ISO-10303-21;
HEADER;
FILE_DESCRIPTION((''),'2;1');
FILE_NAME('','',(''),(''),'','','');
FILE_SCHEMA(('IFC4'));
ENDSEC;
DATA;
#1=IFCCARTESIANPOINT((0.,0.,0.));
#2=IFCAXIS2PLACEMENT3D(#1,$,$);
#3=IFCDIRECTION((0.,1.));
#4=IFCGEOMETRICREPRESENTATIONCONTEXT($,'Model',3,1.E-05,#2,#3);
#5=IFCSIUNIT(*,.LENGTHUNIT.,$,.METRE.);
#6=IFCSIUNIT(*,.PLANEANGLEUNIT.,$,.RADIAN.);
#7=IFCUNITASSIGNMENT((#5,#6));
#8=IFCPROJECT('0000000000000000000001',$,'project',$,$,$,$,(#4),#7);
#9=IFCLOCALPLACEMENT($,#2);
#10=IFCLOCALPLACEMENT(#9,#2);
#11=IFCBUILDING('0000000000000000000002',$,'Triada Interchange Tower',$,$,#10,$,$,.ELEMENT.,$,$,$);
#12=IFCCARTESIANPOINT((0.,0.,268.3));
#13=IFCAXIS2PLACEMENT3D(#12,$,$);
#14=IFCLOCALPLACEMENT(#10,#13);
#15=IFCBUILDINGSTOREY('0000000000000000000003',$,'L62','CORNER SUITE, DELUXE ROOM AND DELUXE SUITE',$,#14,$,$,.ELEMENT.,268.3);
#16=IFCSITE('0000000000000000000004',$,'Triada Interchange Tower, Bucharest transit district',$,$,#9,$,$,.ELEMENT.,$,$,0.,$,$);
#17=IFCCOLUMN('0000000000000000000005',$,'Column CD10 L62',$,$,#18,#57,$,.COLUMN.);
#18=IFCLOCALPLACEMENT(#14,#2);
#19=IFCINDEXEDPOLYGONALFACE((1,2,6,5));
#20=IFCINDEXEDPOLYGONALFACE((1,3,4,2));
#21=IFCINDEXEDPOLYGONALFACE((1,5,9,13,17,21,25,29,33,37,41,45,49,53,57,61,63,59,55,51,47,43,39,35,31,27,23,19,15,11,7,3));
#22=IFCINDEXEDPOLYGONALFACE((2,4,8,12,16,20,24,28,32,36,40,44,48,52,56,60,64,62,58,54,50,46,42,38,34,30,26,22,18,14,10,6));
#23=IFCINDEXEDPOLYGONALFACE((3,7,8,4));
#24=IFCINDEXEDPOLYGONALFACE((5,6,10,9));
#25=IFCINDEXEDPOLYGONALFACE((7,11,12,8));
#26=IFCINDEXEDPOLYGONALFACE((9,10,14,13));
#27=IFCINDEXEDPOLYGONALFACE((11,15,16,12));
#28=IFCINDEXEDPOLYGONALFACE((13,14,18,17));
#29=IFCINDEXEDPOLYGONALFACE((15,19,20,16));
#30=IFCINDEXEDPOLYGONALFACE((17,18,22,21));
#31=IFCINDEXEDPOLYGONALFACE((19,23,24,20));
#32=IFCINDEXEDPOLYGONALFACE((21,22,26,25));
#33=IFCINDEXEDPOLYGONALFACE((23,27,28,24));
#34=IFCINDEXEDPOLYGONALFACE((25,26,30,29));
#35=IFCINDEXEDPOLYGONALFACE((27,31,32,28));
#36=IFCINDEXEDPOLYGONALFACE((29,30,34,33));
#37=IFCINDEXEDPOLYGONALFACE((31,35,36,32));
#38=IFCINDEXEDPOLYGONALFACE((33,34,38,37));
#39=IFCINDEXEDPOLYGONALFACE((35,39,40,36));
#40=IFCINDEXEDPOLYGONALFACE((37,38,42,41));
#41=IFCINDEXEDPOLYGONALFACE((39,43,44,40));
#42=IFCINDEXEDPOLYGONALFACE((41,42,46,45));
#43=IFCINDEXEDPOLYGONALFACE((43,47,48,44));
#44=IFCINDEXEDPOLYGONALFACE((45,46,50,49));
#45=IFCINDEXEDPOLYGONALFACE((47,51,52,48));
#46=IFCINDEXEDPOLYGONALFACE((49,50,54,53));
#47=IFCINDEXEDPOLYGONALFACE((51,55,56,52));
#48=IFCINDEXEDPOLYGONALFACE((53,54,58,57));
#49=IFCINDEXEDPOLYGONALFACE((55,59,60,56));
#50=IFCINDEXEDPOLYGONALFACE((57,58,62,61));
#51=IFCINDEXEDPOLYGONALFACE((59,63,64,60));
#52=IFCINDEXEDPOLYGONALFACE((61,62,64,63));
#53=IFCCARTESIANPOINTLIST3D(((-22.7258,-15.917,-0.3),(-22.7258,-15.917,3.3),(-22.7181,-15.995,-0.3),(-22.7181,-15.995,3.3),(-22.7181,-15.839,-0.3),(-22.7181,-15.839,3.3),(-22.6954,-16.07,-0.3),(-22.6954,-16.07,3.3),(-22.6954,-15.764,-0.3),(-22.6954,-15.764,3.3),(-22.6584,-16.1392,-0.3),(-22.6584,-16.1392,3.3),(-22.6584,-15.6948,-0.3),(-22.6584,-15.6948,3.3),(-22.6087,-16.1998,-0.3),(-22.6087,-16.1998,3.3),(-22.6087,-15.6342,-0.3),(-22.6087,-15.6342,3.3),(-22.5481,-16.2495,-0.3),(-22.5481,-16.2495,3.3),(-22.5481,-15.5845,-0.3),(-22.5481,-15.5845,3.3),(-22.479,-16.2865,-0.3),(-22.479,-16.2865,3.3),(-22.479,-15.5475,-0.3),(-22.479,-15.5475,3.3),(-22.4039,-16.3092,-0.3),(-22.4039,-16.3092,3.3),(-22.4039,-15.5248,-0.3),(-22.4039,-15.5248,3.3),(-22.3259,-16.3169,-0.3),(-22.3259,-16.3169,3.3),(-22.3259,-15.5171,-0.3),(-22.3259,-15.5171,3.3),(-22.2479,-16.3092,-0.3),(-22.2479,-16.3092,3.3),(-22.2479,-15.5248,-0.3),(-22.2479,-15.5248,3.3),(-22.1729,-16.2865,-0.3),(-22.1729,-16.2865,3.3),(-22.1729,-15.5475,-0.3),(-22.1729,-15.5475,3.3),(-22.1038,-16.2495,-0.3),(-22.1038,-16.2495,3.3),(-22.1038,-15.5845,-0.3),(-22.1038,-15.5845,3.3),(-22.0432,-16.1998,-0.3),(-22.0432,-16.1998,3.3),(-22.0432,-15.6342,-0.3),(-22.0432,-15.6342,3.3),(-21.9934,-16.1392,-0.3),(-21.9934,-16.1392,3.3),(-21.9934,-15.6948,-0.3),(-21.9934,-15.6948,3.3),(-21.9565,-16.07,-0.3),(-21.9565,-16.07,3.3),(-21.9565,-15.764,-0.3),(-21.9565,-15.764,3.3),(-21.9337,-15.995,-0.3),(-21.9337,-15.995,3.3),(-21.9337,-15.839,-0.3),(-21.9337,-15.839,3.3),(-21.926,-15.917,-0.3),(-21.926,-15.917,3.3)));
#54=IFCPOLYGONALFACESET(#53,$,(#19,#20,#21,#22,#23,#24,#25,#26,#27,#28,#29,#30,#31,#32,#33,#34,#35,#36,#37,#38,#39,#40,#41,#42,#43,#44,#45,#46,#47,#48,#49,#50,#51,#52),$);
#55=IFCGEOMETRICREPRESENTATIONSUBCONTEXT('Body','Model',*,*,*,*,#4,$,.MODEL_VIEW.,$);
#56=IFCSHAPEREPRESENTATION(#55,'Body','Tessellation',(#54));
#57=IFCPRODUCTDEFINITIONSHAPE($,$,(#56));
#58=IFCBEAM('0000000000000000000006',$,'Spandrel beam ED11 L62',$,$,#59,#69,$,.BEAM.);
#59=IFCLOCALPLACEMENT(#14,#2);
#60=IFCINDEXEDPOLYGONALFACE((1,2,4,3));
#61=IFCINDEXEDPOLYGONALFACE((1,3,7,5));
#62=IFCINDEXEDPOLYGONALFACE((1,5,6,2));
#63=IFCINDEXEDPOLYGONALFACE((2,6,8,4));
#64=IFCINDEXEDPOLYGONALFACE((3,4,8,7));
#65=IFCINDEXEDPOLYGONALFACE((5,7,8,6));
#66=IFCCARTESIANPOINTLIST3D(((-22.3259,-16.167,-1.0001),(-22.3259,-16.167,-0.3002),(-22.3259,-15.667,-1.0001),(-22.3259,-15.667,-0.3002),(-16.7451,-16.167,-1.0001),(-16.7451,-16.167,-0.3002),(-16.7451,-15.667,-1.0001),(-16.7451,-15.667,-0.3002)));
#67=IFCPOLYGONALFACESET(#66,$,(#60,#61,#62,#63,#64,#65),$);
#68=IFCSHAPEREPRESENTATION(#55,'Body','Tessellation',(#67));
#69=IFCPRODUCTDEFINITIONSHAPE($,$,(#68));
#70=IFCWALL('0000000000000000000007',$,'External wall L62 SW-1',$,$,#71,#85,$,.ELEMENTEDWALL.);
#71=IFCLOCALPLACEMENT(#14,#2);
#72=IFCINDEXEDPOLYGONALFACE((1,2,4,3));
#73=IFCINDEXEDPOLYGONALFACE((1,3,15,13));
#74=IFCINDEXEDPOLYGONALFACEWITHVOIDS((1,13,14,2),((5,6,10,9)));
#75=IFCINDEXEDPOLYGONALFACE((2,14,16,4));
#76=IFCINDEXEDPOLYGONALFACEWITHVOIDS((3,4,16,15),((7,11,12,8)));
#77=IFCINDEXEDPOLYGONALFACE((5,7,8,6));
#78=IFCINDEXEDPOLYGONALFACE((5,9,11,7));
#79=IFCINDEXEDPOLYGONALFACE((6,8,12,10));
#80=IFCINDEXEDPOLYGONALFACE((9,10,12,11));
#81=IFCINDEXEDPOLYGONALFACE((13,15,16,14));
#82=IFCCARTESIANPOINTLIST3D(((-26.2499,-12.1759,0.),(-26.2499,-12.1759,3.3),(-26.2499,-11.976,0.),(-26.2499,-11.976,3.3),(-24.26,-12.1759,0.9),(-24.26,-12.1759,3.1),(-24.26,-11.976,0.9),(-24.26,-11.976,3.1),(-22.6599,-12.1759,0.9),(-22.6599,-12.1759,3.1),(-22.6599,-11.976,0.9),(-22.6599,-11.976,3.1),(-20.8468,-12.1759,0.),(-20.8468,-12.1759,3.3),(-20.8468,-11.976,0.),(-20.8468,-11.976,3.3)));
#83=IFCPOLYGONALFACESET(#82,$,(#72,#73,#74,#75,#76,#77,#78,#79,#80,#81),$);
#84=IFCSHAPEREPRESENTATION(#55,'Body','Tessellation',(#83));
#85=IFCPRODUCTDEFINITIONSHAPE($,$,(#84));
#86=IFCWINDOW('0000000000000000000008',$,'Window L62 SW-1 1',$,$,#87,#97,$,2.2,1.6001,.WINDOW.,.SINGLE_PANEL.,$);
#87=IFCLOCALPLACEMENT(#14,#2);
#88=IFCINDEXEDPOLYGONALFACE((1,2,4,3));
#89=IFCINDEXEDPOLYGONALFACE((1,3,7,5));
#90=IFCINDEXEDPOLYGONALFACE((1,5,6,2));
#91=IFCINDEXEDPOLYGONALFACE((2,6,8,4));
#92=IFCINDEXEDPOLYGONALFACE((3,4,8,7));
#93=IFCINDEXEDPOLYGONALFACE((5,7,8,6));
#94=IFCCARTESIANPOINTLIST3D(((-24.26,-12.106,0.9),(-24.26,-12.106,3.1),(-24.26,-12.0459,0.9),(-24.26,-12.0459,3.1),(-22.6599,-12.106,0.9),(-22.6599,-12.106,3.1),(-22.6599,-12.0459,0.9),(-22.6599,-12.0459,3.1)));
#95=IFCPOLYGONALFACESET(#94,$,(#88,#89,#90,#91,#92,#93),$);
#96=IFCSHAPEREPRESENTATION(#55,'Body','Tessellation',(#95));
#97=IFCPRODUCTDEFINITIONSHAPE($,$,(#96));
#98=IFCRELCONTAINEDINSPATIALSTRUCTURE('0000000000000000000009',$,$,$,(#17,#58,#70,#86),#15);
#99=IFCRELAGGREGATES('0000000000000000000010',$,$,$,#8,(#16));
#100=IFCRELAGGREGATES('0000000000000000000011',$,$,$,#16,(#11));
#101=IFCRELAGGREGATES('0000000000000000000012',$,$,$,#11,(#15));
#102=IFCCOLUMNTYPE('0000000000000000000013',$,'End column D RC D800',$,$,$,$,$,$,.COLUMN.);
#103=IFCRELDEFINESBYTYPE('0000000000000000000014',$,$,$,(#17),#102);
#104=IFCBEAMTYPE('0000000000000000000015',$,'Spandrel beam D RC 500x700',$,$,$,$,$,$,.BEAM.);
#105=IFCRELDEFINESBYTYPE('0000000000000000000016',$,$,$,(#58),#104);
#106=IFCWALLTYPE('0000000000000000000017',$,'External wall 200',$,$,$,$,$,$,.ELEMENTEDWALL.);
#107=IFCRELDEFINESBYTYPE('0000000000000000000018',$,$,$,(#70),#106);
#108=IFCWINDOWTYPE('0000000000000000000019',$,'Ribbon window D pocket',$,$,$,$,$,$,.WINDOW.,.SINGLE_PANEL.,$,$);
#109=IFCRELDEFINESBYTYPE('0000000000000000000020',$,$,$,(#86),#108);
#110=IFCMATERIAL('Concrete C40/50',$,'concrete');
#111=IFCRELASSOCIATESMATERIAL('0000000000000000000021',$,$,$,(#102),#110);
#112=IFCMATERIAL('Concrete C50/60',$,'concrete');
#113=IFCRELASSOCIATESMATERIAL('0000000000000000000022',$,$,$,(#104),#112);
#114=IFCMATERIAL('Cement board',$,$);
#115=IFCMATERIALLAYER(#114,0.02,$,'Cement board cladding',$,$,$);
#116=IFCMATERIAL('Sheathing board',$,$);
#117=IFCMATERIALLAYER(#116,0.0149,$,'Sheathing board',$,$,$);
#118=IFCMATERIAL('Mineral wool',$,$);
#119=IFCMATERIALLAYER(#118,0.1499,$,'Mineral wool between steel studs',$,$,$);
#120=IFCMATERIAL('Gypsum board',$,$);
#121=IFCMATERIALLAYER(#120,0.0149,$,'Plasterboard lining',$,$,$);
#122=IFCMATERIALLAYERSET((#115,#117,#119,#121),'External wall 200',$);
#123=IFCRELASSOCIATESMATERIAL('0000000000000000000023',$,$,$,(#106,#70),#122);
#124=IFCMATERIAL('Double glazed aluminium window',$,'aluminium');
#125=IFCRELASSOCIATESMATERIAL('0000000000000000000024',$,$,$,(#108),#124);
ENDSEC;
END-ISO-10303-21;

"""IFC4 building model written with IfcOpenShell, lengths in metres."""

from ifc_helpers import new_model, si_unit, direction, frame, frame_2d, origin, origin_2d, place, context, subcontext, project, spatial, rectangle, circle, extrude, material, layer, layer_set, layer_usage, material_profile, profile_set, type_object, element, fill, save


model = new_model("IFC4")

# Units and contexts
model_context = context("Model", 3, precision=1e-05, world=origin(), true_north=direction((0.0, 1.0)))
body_context = subcontext(model_context, "Body", "Model", "MODEL_VIEW")
ifc_project = project(units=[si_unit("LENGTHUNIT", "METRE"), si_unit("PLANEANGLEUNIT", "RADIAN")], contexts=[model_context])

# Site, building, storey
site_placement = place(None, origin())
site = spatial("IfcSite", under=ifc_project, at=site_placement, Name="Triada Interchange Tower, Bucharest transit district", CompositionType="ELEMENT", RefElevation=0.0)
building_placement = place(site_placement, origin())
building = spatial("IfcBuilding", under=site, at=building_placement, Name="Triada Interchange Tower", CompositionType="ELEMENT")
storey_placement = place(building_placement, frame((0.0, 0.0, 268.3)))
storey = spatial("IfcBuildingStorey", under=building, at=storey_placement, Name="L62", Description="CORNER SUITE, DELUXE ROOM AND DELUXE SUITE", CompositionType="ELEMENT", Elevation=268.3)

# Column
ifc_material_1 = material(Name="Concrete C40/50", Category="concrete")
ifc_material_profile_1 = material_profile(ifc_material_1, circle(Radius=0.3999, at=origin_2d()), Name="RC D800")
ifc_profile_set_1 = profile_set([ifc_material_profile_1], Name="Concrete C40/50")
column_type = type_object("IfcColumnType", Name="End column D RC D800", PredefinedType="COLUMN", material=ifc_profile_set_1)
column_placement = place(storey_placement, frame((-22.3259, -15.917, -0.3), z_axis=(0.0, 0.0, 1.0), x_axis=(1.0, 0.0, 0.0)))
element("IfcColumn", 1, at=column_placement, inside=storey, type_object=column_type, Name="Column CD10 L62", PredefinedType="COLUMN", context=body_context, shape_type="SweptSolid", body=[
    extrude(circle(Radius=0.3999, at=origin_2d()), origin(), (0.0, 0.0, 1.0), 3.6001),
])

# Beam
ifc_material_2 = material(Name="Concrete C50/60", Category="concrete")
ifc_material_profile_2 = material_profile(ifc_material_2, rectangle(XDim=0.5, YDim=0.7, at=origin_2d()), Name="RC 500x700")
ifc_profile_set_2 = profile_set([ifc_material_profile_2], Name="Concrete C50/60")
beam_type = type_object("IfcBeamType", Name="Spandrel beam D RC 500x700", PredefinedType="BEAM", material=ifc_profile_set_2)
beam_placement = place(storey_placement, frame((-22.3259, -15.917, -0.6501), z_axis=(1.0, 0.0, 0.0), x_axis=(0.0, 1.0, 0.0)))
element("IfcBeam", 2, at=beam_placement, inside=storey, type_object=beam_type, Name="Spandrel beam ED11 L62", PredefinedType="BEAM", context=body_context, shape_type="SweptSolid", body=[
    extrude(rectangle(XDim=0.5, YDim=0.7, at=origin_2d()), origin(), (0.0, 0.0, 1.0), 5.5808),
])

# Wall, opening, window
ifc_material_3 = material(Name="Cement board")
ifc_layer_1 = layer(ifc_material_3, 0.02, Name="Cement board cladding")
ifc_material_4 = material(Name="Sheathing board")
ifc_layer_2 = layer(ifc_material_4, 0.0149, Name="Sheathing board")
ifc_material_5 = material(Name="Mineral wool")
ifc_layer_3 = layer(ifc_material_5, 0.1499, Name="Mineral wool between steel studs")
ifc_material_6 = material(Name="Gypsum board")
ifc_layer_4 = layer(ifc_material_6, 0.0149, Name="Plasterboard lining")
ifc_layer_set_1 = layer_set([ifc_layer_1, ifc_layer_2, ifc_layer_3, ifc_layer_4], Name="External wall 200")
ifc_layer_usage = layer_usage(ifc_layer_set_1, "AXIS2", "POSITIVE", -0.1001)
wall_type = type_object("IfcWallType", Name="External wall 200", PredefinedType="ELEMENTEDWALL", material=ifc_layer_set_1)
wall_1_placement = place(storey_placement, frame((-26.25, -12.0759, 0.0), z_axis=(0.0, 0.0, 1.0), x_axis=(1.0, 0.0, 0.0)))
wall_1 = element("IfcWall", 3, at=wall_1_placement, inside=storey, type_object=wall_type, material=ifc_layer_usage, Name="External wall L62 SW-1", PredefinedType="ELEMENTEDWALL", context=body_context, shape_type="SweptSolid", body=[
    extrude(rectangle(XDim=5.4031, YDim=0.2, at=frame_2d((2.7017, 0.0))), origin(), (0.0, 0.0, 1.0), 3.3),
])
opening_1_placement = place(wall_1_placement, frame((1.99, 0.0, 0.8999)))
opening_1 = element("IfcOpeningElement", 4, at=opening_1_placement, cuts=wall_1, PredefinedType="OPENING", context=body_context, shape_type="SweptSolid", body=[
    extrude(rectangle(XDim=1.6001, YDim=2.2, at=frame_2d((0.8, 1.1001))), frame((0.0, 0.1099, 0.0), z_axis=(0.0, -1.0, 0.0), x_axis=(1.0, 0.0, 0.0)), (0.0, 0.0, 1.0), 0.22),
])
ifc_material_7 = material(Name="Double glazed aluminium window", Category="aluminium")
window_type_1 = type_object("IfcWindowType", Name="Ribbon window D pocket", PartitioningType="SINGLE_PANEL", PredefinedType="WINDOW", material=ifc_material_7)
window_1_placement = place(opening_1_placement, origin())
window_1 = element("IfcWindow", 5, at=window_1_placement, inside=storey, type_object=window_type_1, Name="Window L62 SW-1 1", OverallHeight=2.2, OverallWidth=1.6001, PartitioningType="SINGLE_PANEL", PredefinedType="WINDOW", context=body_context, shape_type="SweptSolid", body=[
    extrude(rectangle(XDim=1.6001, YDim=2.2, at=frame_2d((0.8, 1.1001))), frame((0.0, 0.03, 0.0), z_axis=(0.0, -1.0, 0.0), x_axis=(1.0, 0.0, 0.0)), (0.0, 0.0, 1.0), 0.0601),
])
fill(opening_1, window_1)

save(model, "model.ifc")
